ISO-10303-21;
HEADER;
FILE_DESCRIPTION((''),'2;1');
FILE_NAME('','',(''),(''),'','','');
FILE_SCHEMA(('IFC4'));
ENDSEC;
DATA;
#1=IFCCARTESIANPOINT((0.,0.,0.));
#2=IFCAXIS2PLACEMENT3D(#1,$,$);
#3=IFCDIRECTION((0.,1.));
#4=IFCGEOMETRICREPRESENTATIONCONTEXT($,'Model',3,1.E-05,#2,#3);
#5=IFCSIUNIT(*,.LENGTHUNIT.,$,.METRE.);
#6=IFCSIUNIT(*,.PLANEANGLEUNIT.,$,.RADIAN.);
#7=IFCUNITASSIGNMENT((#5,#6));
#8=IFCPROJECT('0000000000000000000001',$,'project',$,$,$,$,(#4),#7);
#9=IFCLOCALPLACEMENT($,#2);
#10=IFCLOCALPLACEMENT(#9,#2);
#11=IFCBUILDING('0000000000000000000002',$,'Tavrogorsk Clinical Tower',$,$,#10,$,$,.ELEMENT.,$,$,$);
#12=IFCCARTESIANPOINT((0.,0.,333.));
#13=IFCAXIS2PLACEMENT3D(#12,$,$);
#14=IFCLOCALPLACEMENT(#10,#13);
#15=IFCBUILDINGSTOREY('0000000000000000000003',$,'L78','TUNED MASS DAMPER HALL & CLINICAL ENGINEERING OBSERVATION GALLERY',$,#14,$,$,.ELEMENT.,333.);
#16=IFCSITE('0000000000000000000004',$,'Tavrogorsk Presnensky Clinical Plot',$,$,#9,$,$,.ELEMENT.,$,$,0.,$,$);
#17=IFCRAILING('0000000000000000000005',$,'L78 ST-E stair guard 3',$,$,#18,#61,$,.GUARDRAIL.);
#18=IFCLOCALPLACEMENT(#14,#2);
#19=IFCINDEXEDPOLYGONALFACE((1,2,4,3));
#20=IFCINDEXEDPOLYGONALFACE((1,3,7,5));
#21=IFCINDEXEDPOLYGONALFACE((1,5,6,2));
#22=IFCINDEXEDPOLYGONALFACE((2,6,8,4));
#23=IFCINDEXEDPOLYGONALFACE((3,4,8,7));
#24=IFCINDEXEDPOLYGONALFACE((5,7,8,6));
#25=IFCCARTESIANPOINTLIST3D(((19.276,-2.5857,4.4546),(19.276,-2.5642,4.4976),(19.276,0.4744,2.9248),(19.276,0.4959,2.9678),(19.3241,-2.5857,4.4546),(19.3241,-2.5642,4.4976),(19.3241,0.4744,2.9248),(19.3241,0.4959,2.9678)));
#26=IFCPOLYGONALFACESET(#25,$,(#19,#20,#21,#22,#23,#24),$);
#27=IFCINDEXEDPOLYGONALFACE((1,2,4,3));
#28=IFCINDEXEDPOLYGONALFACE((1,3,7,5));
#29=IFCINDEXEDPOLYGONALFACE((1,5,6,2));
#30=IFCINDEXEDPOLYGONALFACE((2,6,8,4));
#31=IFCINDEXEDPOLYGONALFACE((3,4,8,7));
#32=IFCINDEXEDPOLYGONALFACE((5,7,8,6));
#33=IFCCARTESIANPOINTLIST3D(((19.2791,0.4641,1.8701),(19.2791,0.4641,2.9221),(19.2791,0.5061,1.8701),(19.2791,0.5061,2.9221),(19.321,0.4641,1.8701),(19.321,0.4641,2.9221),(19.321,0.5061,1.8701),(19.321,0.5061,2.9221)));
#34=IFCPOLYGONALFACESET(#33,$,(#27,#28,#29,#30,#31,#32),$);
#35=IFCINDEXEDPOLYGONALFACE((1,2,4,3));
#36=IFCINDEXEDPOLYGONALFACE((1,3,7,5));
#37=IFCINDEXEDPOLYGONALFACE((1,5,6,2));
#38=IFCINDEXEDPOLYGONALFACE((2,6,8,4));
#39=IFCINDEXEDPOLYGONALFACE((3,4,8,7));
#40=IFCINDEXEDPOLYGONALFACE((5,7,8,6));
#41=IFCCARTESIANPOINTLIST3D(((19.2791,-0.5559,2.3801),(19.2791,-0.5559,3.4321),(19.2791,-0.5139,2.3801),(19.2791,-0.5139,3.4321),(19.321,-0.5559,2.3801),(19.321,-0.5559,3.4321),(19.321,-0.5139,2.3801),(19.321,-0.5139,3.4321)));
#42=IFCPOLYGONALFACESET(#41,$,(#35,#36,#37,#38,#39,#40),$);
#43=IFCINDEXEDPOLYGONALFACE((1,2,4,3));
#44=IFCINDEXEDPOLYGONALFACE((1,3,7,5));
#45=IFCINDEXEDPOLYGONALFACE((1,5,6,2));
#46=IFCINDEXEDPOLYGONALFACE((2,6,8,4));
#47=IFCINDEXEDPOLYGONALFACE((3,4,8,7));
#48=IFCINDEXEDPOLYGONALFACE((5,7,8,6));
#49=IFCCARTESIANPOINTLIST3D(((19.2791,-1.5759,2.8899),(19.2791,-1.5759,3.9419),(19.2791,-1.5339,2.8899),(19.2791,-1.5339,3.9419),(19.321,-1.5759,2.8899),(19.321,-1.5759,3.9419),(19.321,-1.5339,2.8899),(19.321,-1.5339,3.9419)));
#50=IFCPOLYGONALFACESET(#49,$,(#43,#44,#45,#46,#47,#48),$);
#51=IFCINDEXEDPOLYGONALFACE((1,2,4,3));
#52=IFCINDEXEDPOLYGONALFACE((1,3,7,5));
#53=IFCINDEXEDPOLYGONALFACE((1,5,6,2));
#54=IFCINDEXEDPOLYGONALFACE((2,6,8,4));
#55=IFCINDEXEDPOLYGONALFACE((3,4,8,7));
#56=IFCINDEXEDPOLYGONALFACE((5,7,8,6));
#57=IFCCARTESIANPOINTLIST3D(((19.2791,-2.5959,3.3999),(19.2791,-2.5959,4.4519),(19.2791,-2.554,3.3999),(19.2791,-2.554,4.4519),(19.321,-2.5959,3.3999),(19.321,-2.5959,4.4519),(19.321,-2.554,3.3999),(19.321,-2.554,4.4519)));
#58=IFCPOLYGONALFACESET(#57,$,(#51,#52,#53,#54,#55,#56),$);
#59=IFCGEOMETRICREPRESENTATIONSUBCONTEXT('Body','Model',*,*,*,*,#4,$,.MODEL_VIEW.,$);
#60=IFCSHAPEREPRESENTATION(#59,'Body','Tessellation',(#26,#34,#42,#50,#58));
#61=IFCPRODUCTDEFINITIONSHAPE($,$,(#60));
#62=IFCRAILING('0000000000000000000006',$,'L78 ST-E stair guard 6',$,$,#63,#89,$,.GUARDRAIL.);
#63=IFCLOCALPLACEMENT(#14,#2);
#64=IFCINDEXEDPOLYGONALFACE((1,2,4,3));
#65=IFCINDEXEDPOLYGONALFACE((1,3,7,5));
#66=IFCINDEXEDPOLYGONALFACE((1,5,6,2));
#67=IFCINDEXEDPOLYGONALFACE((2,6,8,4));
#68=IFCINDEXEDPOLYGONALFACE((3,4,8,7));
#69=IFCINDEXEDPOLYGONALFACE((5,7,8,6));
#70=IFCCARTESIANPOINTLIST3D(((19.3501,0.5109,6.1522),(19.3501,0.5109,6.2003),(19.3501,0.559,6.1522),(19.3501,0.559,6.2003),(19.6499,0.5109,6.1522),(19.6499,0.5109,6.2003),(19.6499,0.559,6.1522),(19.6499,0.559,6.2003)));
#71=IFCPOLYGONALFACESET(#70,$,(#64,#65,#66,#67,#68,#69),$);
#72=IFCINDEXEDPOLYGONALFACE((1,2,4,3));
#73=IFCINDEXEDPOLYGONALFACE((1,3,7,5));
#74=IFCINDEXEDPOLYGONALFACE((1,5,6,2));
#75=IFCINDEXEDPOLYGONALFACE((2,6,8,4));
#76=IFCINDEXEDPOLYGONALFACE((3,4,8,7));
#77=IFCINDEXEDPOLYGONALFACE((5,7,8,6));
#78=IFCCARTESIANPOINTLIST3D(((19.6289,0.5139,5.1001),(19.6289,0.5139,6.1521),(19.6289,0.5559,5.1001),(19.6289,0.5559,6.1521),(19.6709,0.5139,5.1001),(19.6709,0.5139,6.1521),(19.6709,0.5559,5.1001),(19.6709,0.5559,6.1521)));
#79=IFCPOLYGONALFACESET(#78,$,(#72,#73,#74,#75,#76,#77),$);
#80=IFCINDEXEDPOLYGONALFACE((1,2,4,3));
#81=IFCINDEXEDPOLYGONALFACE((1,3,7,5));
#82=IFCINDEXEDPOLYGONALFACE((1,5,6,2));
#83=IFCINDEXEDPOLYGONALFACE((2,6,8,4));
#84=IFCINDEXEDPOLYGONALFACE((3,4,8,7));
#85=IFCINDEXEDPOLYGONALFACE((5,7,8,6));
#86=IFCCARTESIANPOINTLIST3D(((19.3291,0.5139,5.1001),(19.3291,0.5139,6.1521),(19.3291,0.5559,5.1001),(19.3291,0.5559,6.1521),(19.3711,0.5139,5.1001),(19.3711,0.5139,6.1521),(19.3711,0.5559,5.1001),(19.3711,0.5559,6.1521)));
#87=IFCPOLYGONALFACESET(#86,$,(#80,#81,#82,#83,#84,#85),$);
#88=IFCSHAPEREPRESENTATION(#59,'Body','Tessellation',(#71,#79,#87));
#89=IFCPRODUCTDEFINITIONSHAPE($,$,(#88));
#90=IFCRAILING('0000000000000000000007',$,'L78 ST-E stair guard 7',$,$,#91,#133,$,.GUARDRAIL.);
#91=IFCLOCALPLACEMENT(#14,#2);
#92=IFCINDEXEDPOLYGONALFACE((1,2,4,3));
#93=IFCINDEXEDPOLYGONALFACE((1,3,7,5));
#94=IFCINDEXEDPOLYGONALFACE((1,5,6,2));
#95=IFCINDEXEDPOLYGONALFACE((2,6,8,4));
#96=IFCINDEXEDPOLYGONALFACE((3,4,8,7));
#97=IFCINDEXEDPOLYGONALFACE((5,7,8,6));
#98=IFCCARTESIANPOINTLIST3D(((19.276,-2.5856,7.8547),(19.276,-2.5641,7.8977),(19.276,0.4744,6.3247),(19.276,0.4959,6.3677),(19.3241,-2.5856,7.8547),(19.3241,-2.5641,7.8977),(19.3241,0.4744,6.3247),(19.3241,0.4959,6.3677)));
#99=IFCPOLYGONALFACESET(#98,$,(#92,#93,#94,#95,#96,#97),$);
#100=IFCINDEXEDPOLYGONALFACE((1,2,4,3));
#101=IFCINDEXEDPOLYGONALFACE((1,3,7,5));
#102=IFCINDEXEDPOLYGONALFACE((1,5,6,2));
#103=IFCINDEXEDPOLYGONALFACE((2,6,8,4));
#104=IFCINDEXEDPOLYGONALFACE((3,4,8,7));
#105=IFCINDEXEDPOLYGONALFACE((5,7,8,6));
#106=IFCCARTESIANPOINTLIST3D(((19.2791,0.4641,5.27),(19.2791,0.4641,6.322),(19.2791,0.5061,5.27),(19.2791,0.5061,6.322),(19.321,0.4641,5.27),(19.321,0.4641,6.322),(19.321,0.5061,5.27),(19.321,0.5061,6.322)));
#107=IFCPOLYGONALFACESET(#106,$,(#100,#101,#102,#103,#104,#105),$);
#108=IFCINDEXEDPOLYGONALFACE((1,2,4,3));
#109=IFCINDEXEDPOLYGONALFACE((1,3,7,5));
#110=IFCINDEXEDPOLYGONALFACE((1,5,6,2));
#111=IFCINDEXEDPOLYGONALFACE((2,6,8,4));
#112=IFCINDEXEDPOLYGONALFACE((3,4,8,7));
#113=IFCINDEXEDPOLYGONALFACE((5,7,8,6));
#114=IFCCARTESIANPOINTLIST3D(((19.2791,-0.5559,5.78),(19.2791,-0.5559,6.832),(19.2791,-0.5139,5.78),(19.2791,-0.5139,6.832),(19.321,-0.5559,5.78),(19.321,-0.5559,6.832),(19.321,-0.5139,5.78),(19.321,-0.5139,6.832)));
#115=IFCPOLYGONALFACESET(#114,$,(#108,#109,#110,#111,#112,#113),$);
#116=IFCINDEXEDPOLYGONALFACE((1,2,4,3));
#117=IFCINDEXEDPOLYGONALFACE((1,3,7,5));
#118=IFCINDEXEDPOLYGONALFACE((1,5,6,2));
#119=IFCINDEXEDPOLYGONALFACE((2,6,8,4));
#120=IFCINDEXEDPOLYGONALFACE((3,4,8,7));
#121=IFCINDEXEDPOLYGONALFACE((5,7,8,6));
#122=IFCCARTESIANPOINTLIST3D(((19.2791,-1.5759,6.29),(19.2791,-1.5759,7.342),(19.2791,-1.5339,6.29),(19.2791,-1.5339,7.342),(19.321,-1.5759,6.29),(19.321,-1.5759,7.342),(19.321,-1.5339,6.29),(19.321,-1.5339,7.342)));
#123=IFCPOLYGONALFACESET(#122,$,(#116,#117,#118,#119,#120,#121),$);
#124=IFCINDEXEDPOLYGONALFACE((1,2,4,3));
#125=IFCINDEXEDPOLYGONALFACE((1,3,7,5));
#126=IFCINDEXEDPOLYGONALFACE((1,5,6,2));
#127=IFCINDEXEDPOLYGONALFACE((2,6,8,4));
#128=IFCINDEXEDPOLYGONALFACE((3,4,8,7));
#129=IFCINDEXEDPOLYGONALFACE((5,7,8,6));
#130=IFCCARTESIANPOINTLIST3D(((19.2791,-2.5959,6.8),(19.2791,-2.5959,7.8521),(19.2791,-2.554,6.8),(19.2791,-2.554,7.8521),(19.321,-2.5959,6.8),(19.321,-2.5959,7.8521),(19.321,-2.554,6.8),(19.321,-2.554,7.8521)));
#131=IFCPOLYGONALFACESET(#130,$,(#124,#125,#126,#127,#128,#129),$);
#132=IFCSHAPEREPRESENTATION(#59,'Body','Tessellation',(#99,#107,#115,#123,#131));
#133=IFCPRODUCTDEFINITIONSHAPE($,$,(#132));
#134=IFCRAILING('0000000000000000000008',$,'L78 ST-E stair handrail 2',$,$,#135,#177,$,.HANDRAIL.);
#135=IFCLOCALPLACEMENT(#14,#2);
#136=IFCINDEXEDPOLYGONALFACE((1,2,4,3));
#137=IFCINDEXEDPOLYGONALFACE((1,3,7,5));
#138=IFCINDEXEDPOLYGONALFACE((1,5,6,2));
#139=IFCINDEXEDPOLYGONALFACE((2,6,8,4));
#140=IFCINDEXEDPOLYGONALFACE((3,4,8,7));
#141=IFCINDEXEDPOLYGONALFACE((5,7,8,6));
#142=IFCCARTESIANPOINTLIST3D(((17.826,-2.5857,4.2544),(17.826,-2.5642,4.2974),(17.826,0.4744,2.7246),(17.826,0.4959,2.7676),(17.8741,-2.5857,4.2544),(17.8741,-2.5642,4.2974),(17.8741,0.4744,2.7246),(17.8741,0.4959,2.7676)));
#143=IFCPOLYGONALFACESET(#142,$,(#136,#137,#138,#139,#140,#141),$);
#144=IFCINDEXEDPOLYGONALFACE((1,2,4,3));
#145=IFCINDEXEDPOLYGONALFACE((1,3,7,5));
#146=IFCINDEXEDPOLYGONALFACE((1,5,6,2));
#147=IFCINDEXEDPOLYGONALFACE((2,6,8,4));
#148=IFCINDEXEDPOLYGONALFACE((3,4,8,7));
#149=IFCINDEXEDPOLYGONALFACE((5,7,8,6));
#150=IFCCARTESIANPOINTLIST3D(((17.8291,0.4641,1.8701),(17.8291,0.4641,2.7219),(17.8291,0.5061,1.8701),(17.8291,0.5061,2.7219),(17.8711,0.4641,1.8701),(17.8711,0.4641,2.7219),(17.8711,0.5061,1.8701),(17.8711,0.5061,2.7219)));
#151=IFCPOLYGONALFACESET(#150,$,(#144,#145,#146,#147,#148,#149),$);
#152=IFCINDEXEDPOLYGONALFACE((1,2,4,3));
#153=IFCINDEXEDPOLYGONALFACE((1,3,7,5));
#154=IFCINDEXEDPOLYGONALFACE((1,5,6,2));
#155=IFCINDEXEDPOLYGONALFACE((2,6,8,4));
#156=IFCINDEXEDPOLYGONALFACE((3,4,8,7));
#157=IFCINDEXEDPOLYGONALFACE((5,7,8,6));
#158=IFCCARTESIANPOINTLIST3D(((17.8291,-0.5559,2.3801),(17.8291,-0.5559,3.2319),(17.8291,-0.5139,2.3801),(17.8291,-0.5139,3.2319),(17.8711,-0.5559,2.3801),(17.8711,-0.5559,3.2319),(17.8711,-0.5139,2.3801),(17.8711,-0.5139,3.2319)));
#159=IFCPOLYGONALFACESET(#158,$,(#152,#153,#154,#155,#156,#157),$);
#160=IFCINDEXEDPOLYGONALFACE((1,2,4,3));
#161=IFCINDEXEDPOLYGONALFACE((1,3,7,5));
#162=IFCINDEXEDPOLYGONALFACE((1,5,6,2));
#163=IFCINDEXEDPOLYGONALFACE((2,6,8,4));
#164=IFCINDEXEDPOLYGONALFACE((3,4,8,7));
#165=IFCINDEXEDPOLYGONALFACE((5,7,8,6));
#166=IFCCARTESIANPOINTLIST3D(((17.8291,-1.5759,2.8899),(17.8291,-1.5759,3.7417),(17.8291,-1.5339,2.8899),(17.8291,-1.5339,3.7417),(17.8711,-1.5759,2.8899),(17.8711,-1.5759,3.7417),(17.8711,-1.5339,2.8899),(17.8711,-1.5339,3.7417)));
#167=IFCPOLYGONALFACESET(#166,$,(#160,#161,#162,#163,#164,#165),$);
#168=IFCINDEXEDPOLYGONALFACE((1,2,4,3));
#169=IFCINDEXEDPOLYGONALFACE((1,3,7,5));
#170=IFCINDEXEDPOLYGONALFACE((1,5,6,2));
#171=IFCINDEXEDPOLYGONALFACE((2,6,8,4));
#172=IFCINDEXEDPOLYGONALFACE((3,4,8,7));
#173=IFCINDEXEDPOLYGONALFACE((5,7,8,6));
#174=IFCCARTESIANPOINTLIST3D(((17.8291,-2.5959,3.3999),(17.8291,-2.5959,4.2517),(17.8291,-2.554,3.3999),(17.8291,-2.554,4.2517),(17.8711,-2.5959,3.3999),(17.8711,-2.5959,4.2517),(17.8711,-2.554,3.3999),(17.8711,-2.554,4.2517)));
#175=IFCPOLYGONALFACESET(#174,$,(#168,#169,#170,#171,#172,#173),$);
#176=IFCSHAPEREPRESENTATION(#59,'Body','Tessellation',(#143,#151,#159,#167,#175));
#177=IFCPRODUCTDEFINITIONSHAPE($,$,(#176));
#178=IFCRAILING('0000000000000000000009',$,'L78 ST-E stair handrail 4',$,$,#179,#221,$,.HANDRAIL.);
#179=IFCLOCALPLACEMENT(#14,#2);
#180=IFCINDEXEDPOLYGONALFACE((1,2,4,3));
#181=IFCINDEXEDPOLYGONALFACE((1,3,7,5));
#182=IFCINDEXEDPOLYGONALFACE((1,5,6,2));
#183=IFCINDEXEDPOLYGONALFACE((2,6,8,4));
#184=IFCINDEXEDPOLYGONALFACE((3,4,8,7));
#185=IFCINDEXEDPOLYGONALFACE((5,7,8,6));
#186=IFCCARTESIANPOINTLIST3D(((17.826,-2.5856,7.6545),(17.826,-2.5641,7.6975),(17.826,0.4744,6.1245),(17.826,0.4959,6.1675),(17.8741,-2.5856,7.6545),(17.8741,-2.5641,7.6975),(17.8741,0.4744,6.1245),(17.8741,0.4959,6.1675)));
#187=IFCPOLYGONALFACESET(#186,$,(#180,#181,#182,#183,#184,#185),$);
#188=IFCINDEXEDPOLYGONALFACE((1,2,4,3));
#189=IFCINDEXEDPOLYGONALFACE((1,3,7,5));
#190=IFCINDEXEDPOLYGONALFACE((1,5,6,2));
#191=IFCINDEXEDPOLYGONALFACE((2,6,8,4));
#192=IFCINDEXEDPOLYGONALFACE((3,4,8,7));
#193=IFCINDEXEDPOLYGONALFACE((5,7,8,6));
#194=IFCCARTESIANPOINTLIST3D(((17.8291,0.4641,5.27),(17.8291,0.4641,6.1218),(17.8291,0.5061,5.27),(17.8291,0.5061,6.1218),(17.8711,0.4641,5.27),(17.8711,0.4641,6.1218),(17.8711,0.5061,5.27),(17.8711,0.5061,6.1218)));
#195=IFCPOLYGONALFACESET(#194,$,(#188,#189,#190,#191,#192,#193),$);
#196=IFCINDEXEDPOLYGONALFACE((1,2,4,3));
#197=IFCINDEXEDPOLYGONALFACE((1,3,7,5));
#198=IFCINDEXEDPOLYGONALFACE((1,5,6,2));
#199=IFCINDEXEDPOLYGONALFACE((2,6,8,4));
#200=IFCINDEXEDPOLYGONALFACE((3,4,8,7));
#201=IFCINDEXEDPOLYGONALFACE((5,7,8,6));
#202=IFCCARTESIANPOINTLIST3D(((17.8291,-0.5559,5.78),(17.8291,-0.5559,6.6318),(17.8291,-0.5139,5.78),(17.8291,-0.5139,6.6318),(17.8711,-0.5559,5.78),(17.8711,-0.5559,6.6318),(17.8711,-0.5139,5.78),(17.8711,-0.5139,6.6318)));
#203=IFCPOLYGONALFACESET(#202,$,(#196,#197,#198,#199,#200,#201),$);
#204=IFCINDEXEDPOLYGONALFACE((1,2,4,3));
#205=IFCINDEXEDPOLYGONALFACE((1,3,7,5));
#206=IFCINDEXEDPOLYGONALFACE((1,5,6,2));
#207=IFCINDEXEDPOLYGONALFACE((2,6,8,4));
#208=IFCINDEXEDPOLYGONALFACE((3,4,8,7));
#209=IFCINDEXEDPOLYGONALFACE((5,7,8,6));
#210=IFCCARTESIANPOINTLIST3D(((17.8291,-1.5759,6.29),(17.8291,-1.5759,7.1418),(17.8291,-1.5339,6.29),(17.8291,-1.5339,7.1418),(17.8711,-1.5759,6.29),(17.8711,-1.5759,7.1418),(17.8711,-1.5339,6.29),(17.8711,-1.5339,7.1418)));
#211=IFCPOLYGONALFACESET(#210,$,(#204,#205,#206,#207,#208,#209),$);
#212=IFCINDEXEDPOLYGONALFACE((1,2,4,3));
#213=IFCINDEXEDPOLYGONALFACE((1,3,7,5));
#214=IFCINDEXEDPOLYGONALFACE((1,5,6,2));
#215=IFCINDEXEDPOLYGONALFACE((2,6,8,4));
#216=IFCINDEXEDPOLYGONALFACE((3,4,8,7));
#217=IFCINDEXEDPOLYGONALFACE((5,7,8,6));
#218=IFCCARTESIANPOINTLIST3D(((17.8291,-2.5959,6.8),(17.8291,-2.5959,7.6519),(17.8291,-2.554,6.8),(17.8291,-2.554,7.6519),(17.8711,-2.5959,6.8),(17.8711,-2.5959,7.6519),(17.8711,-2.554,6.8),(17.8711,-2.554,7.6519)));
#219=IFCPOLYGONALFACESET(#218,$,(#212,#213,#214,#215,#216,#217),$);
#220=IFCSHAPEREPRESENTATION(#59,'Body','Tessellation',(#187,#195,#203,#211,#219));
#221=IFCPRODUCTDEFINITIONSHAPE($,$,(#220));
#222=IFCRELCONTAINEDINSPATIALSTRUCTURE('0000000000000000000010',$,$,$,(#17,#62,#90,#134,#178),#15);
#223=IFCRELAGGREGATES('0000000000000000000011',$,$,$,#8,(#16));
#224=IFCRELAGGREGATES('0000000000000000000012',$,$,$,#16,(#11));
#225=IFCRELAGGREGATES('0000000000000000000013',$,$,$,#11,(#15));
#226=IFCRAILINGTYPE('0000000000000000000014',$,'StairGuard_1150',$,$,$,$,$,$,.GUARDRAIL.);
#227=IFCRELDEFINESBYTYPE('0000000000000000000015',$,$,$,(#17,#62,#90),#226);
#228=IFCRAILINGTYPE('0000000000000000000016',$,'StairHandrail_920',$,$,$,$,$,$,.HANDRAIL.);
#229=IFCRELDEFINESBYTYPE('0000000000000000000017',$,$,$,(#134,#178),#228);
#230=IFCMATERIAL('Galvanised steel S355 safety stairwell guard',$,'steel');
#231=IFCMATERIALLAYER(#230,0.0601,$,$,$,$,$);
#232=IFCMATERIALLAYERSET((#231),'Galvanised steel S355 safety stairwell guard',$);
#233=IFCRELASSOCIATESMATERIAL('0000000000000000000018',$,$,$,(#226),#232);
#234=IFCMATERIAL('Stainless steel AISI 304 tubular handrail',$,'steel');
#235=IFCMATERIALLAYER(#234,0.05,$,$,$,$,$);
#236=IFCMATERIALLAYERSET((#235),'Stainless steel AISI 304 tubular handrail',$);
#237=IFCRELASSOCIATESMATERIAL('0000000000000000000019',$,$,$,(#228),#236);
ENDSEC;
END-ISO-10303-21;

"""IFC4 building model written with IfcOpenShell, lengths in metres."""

from ifc_helpers import new_model, si_unit, direction, frame, origin, origin_2d, place, context, subcontext, project, spatial, rectangle, extrude, material, layer, layer_set, type_object, element, save


model = new_model("IFC4")

# Units and contexts
model_context = context("Model", 3, precision=1e-05, world=origin(), true_north=direction((0.0, 1.0)))
body_context = subcontext(model_context, "Body", "Model", "MODEL_VIEW")
ifc_project = project(units=[si_unit("LENGTHUNIT", "METRE"), si_unit("PLANEANGLEUNIT", "RADIAN")], contexts=[model_context])

# Site, building, storey
site_placement = place(None, origin())
site = spatial("IfcSite", under=ifc_project, at=site_placement, Name="Tavrogorsk Presnensky Clinical Plot", CompositionType="ELEMENT", RefElevation=0.0)
building_placement = place(site_placement, origin())
building = spatial("IfcBuilding", under=site, at=building_placement, Name="Tavrogorsk Clinical Tower", CompositionType="ELEMENT")
storey_placement = place(building_placement, frame((0.0, 0.0, 333.0)))
storey = spatial("IfcBuildingStorey", under=building, at=storey_placement, Name="L78", Description="TUNED MASS DAMPER HALL & CLINICAL ENGINEERING OBSERVATION GALLERY", CompositionType="ELEMENT", Elevation=333.0)

# Railings
ifc_material_1 = material(Name="Galvanised steel S355 safety stairwell guard", Category="steel")
ifc_layer_1 = layer(ifc_material_1, 0.0601)
ifc_layer_set_1 = layer_set([ifc_layer_1], Name="Galvanised steel S355 safety stairwell guard")
railing_type_1 = type_object("IfcRailingType", Name="StairGuard_1150", PredefinedType="GUARDRAIL", material=ifc_layer_set_1)
railing_1_placement = place(storey_placement, frame((19.3, 0.4851, 1.8701)))
element("IfcRailing", 1, at=railing_1_placement, inside=storey, type_object=railing_type_1, Name="L78 ST-E stair guard 3", PredefinedType="GUARDRAIL", context=body_context, shape_type="SweptSolid", body=[
    extrude(rectangle(XDim=0.0481, YDim=0.0481, at=origin_2d()), frame((0.0, 0.0, 1.0762), z_axis=(0.0, -0.894456, 0.447157), x_axis=(1.0, 0.0, 0.0)), (0.0, 0.0, 1.0), 3.4211),
    extrude(rectangle(XDim=0.042, YDim=0.042, at=origin_2d()), origin(), (0.0, 0.0, 1.0), 1.052),
    extrude(rectangle(XDim=0.042, YDim=0.042, at=origin_2d()), frame((0.0, -1.02, 0.51)), (0.0, 0.0, 1.0), 1.052),
    extrude(rectangle(XDim=0.042, YDim=0.042, at=origin_2d()), frame((0.0, -2.04, 1.0198)), (0.0, 0.0, 1.0), 1.052),
    extrude(rectangle(XDim=0.042, YDim=0.042, at=origin_2d()), frame((0.0, -3.0601, 1.5298)), (0.0, 0.0, 1.0), 1.052),
])
railing_2_placement = place(storey_placement, frame((19.6499, 0.5349, 5.1001)))
element("IfcRailing", 2, at=railing_2_placement, inside=storey, type_object=railing_type_1, Name="L78 ST-E stair guard 6", PredefinedType="GUARDRAIL", context=body_context, shape_type="SweptSolid", body=[
    extrude(rectangle(XDim=0.0481, YDim=0.0481, at=origin_2d()), frame((0.0, 0.0, 1.0762), z_axis=(-1.0, 0.0, 0.0), x_axis=(0.0, -1.0, 0.0)), (0.0, 0.0, 1.0), 0.2998),
    extrude(rectangle(XDim=0.042, YDim=0.042, at=origin_2d()), origin(), (0.0, 0.0, 1.0), 1.052),
    extrude(rectangle(XDim=0.042, YDim=0.042, at=origin_2d()), frame((-0.2998, 0.0, 0.0)), (0.0, 0.0, 1.0), 1.052),
])
railing_3_placement = place(storey_placement, frame((19.3, 0.4851, 5.27)))
element("IfcRailing", 3, at=railing_3_placement, inside=storey, type_object=railing_type_1, Name="L78 ST-E stair guard 7", PredefinedType="GUARDRAIL", context=body_context, shape_type="SweptSolid", body=[
    extrude(rectangle(XDim=0.0481, YDim=0.0481, at=origin_2d()), frame((0.0, 0.0, 1.0762), z_axis=(0.0, -0.894427, 0.447214), x_axis=(1.0, 0.0, 0.0)), (0.0, 0.0, 1.0), 3.4211),
    extrude(rectangle(XDim=0.042, YDim=0.042, at=origin_2d()), origin(), (0.0, 0.0, 1.0), 1.052),
    extrude(rectangle(XDim=0.042, YDim=0.042, at=origin_2d()), frame((0.0, -1.02, 0.51)), (0.0, 0.0, 1.0), 1.052),
    extrude(rectangle(XDim=0.042, YDim=0.042, at=origin_2d()), frame((0.0, -2.04, 1.02)), (0.0, 0.0, 1.0), 1.052),
    extrude(rectangle(XDim=0.042, YDim=0.042, at=origin_2d()), frame((0.0, -3.0601, 1.53)), (0.0, 0.0, 1.0), 1.052),
])
ifc_material_2 = material(Name="Stainless steel AISI 304 tubular handrail", Category="steel")
ifc_layer_2 = layer(ifc_material_2, 0.05)
ifc_layer_set_2 = layer_set([ifc_layer_2], Name="Stainless steel AISI 304 tubular handrail")
railing_type_2 = type_object("IfcRailingType", Name="StairHandrail_920", PredefinedType="HANDRAIL", material=ifc_layer_set_2)
railing_4_placement = place(storey_placement, frame((17.8501, 0.4851, 1.8701)))
element("IfcRailing", 4, at=railing_4_placement, inside=storey, type_object=railing_type_2, Name="L78 ST-E stair handrail 2", PredefinedType="HANDRAIL", context=body_context, shape_type="SweptSolid", body=[
    extrude(rectangle(XDim=0.0481, YDim=0.0481, at=origin_2d()), frame((0.0, 0.0, 0.876), z_axis=(0.0, -0.894456, 0.447157), x_axis=(1.0, 0.0, 0.0)), (0.0, 0.0, 1.0), 3.4211),
    extrude(rectangle(XDim=0.042, YDim=0.042, at=origin_2d()), origin(), (0.0, 0.0, 1.0), 0.8518),
    extrude(rectangle(XDim=0.042, YDim=0.042, at=origin_2d()), frame((0.0, -1.02, 0.51)), (0.0, 0.0, 1.0), 0.8518),
    extrude(rectangle(XDim=0.042, YDim=0.042, at=origin_2d()), frame((0.0, -2.04, 1.0198)), (0.0, 0.0, 1.0), 0.8518),
    extrude(rectangle(XDim=0.042, YDim=0.042, at=origin_2d()), frame((0.0, -3.0601, 1.5298)), (0.0, 0.0, 1.0), 0.8518),
])
railing_5_placement = place(storey_placement, frame((17.8501, 0.4851, 5.27)))
element("IfcRailing", 5, at=railing_5_placement, inside=storey, type_object=railing_type_2, Name="L78 ST-E stair handrail 4", PredefinedType="HANDRAIL", context=body_context, shape_type="SweptSolid", body=[
    extrude(rectangle(XDim=0.0481, YDim=0.0481, at=origin_2d()), frame((0.0, 0.0, 0.876), z_axis=(0.0, -0.894427, 0.447214), x_axis=(1.0, 0.0, 0.0)), (0.0, 0.0, 1.0), 3.4211),
    extrude(rectangle(XDim=0.042, YDim=0.042, at=origin_2d()), origin(), (0.0, 0.0, 1.0), 0.8518),
    extrude(rectangle(XDim=0.042, YDim=0.042, at=origin_2d()), frame((0.0, -1.02, 0.51)), (0.0, 0.0, 1.0), 0.8518),
    extrude(rectangle(XDim=0.042, YDim=0.042, at=origin_2d()), frame((0.0, -2.04, 1.02)), (0.0, 0.0, 1.0), 0.8518),
    extrude(rectangle(XDim=0.042, YDim=0.042, at=origin_2d()), frame((0.0, -3.0601, 1.53)), (0.0, 0.0, 1.0), 0.8518),
])

save(model, "model.ifc")
